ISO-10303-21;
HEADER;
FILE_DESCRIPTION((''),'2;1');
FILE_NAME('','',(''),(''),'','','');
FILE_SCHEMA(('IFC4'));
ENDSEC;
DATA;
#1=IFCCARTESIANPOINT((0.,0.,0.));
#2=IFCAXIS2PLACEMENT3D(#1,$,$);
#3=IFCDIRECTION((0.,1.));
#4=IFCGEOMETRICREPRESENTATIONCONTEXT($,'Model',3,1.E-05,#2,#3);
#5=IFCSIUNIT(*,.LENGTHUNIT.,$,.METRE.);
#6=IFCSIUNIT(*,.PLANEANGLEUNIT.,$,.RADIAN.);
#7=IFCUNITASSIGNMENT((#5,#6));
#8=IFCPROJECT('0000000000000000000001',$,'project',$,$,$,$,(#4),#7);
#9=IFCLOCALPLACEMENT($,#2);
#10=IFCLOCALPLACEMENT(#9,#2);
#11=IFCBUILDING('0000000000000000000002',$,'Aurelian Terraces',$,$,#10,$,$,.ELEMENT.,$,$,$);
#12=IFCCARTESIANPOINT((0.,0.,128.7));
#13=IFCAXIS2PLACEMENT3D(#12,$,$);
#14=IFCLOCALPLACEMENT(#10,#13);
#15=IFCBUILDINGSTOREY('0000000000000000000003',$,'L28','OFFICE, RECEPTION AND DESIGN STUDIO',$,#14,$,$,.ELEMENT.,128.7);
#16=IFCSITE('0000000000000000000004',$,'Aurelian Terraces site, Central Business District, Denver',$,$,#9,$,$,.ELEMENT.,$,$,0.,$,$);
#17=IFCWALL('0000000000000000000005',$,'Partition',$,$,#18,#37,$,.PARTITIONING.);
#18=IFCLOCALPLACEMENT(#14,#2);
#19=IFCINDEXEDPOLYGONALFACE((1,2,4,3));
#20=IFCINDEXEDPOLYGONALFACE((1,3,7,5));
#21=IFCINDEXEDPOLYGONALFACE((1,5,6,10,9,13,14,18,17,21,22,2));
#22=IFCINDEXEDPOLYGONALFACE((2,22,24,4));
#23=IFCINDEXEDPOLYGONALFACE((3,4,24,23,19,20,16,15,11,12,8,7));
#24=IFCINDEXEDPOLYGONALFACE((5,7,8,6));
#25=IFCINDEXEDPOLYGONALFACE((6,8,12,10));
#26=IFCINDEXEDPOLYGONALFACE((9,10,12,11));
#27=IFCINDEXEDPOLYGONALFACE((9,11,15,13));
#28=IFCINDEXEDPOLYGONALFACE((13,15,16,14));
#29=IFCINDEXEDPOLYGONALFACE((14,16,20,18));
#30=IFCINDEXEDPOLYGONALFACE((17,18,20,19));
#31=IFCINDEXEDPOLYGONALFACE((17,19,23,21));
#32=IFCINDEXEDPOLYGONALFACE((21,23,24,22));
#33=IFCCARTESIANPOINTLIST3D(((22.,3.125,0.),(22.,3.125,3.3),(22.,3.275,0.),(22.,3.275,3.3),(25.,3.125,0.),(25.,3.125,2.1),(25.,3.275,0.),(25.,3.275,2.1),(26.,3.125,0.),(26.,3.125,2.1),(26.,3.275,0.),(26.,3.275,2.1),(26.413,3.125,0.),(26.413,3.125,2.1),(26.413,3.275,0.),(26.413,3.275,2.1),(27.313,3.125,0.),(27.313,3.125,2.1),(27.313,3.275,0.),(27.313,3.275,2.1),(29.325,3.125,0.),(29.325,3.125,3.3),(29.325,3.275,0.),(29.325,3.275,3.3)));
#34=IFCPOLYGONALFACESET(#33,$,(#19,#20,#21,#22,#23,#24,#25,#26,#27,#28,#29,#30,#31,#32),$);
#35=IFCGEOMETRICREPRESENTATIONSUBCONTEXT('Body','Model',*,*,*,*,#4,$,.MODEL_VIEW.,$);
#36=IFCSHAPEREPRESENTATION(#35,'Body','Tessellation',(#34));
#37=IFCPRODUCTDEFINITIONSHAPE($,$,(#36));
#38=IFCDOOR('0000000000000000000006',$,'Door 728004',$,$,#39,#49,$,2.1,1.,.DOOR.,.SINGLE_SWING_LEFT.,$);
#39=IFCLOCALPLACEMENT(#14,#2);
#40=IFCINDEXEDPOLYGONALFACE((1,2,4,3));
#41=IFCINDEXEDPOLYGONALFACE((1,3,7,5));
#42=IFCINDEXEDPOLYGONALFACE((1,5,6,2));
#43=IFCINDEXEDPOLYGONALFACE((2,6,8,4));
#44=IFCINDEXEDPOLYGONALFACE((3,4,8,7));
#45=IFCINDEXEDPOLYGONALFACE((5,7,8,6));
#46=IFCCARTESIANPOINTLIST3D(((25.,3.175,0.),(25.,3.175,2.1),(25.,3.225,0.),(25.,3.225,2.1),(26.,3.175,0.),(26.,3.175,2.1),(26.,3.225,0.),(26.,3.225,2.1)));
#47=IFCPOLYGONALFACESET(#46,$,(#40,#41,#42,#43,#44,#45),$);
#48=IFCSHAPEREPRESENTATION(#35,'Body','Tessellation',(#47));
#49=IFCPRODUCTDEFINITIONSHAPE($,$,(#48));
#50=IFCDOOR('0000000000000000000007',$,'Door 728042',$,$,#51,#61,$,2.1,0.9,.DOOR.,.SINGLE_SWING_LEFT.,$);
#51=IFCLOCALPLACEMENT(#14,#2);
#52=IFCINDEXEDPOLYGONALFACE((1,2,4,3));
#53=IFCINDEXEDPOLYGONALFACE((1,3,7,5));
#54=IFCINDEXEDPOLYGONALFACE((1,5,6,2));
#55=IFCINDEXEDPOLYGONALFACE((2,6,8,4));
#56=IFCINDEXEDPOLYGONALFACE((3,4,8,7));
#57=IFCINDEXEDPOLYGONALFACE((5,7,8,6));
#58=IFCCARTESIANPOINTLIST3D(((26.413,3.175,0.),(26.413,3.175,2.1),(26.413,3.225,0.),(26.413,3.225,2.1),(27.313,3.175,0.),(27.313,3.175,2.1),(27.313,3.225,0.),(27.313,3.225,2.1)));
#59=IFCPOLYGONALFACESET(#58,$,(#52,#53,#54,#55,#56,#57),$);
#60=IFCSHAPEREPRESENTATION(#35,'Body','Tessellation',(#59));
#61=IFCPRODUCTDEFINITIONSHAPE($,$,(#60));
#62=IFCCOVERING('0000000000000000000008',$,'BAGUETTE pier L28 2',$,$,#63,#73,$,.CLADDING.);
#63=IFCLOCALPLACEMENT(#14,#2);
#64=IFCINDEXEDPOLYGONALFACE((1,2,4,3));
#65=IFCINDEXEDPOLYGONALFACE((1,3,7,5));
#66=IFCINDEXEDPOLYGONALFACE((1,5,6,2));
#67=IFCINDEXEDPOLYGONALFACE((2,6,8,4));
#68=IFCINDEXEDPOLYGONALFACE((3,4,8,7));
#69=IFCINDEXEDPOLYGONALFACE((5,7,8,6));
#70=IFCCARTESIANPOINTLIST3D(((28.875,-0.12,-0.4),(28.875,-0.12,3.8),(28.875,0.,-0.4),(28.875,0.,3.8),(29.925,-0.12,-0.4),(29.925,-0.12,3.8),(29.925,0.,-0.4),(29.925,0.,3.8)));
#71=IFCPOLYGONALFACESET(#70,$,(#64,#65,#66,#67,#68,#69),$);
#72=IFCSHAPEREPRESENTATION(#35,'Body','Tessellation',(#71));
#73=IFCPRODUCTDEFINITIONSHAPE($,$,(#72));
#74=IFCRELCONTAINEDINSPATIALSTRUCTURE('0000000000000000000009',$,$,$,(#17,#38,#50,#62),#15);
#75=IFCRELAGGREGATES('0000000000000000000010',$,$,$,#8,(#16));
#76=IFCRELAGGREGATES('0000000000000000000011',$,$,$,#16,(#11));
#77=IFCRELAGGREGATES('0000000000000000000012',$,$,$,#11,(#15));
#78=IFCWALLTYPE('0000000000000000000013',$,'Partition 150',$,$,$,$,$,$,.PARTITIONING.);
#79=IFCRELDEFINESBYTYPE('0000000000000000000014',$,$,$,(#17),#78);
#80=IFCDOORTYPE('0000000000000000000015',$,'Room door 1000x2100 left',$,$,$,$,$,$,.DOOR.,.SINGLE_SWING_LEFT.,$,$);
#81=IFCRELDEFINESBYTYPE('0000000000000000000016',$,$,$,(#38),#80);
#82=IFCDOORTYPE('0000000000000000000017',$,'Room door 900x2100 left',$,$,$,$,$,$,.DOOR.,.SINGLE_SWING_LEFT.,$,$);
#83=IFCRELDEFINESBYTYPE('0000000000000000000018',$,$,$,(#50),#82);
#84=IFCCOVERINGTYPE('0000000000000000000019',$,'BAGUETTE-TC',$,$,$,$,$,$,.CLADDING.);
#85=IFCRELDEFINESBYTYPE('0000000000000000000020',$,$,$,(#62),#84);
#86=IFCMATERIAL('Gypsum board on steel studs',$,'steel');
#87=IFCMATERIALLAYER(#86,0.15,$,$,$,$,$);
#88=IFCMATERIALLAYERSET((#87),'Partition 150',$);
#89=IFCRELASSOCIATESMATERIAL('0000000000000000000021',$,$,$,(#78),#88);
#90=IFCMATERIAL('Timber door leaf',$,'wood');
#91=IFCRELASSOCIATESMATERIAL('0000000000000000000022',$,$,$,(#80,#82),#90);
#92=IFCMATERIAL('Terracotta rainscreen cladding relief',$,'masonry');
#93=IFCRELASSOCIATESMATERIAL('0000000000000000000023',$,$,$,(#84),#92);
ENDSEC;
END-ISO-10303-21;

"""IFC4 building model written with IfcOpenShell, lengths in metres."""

from ifc_helpers import new_model, si_unit, direction, frame, frame_2d, origin, origin_2d, place, context, subcontext, project, spatial, rectangle, extrude, source, transform, mapped, material, layer, layer_set, type_object, element, fill, save


model = new_model("IFC4")

# Units and contexts
model_context = context("Model", 3, precision=1e-05, world=origin(), true_north=direction((0.0, 1.0)))
body_context = subcontext(model_context, "Body", "Model", "MODEL_VIEW")
ifc_project = project(units=[si_unit("LENGTHUNIT", "METRE"), si_unit("PLANEANGLEUNIT", "RADIAN")], contexts=[model_context])

# Site, building, storey
site_placement = place(None, origin())
site = spatial("IfcSite", under=ifc_project, at=site_placement, Name="Aurelian Terraces site, Central Business District, Denver", CompositionType="ELEMENT", RefElevation=0.0)
building_placement = place(site_placement, origin())
building = spatial("IfcBuilding", under=site, at=building_placement, Name="Aurelian Terraces", CompositionType="ELEMENT")
storey_placement = place(building_placement, frame((0.0, 0.0, 128.7)))
storey = spatial("IfcBuildingStorey", under=building, at=storey_placement, Name="L28", Description="OFFICE, RECEPTION AND DESIGN STUDIO", CompositionType="ELEMENT", Elevation=128.7)

# Shared definitions
ifc_material_1 = material(Name="Gypsum board on steel studs", Category="steel")
ifc_layer_1 = layer(ifc_material_1, 0.15)
ifc_layer_set_1 = layer_set([ifc_layer_1], Name="Partition 150")
wall_type_1 = type_object("IfcWallType", Name="Partition 150", PredefinedType="PARTITIONING", material=ifc_layer_set_1)

# Wall, openings, doors
shared_shape_1 = source(origin(), body_context, "Body", "SweptSolid", [
    extrude(rectangle(XDim=7.325, YDim=0.15, at=frame_2d((3.6625, 0.0))), origin(), (0.0, 0.0, 1.0), 3.3),
])
wall_1_placement = place(storey_placement, frame((22.0, 3.2, 0.0), z_axis=(0.0, 0.0, 1.0), x_axis=(1.0, 0.0, 0.0)))
wall_1 = element("IfcWall", 1, at=wall_1_placement, inside=storey, type_object=wall_type_1, Name="Partition", PredefinedType="PARTITIONING", context=body_context, shape_type="MappedRepresentation", body=[
    mapped(shared_shape_1, transform((0.0, 0.0, 0.0), scale=1.0)),
])
shared_shape_2 = source(origin(), body_context, "Body", "SweptSolid", [
    extrude(rectangle(XDim=1.0, YDim=2.1, at=frame_2d((0.5, 1.05))), frame((0.0, 0.085, 0.0), z_axis=(0.0, -1.0, 0.0), x_axis=(1.0, 0.0, 0.0)), (0.0, 0.0, 1.0), 0.17),
])
opening_1_placement = place(wall_1_placement, frame((3.0, 0.0, 0.0)))
opening_1 = element("IfcOpeningElement", 2, at=opening_1_placement, cuts=wall_1, PredefinedType="OPENING", context=body_context, shape_type="MappedRepresentation", body=[
    mapped(shared_shape_2, transform((0.0, 0.0, 0.0), scale=1.0)),
])
shared_shape_3 = source(origin(), body_context, "Body", "SweptSolid", [
    extrude(rectangle(XDim=0.9, YDim=2.1, at=frame_2d((0.45, 1.05))), frame((0.0, 0.085, 0.0), z_axis=(0.0, -1.0, 0.0), x_axis=(1.0, 0.0, 0.0)), (0.0, 0.0, 1.0), 0.17),
])
opening_2_placement = place(wall_1_placement, frame((4.413, 0.0, 0.0)))
opening_2 = element("IfcOpeningElement", 3, at=opening_2_placement, cuts=wall_1, PredefinedType="OPENING", context=body_context, shape_type="MappedRepresentation", body=[
    mapped(shared_shape_3, transform((0.0, 0.0, 0.0), scale=1.0)),
])
ifc_material_2 = material(Name="Timber door leaf", Category="wood")
door_type_1 = type_object("IfcDoorType", Name="Room door 1000x2100 left", OperationType="SINGLE_SWING_LEFT", PredefinedType="DOOR", material=ifc_material_2)
shared_shape_4 = source(origin(), body_context, "Body", "SweptSolid", [
    extrude(rectangle(XDim=1.0, YDim=2.1, at=frame_2d((0.5, 1.05))), frame((0.0, 0.025, 0.0), z_axis=(0.0, -1.0, 0.0), x_axis=(1.0, 0.0, 0.0)), (0.0, 0.0, 1.0), 0.05),
])
door_1_placement = place(opening_1_placement, origin())
door_1 = element("IfcDoor", 4, at=door_1_placement, inside=storey, type_object=door_type_1, Name="Door 728004", OperationType="SINGLE_SWING_LEFT", OverallHeight=2.1, OverallWidth=1.0, PredefinedType="DOOR", context=body_context, shape_type="MappedRepresentation", body=[
    mapped(shared_shape_4, transform((0.0, 0.0, 0.0), scale=1.0)),
])
fill(opening_1, door_1)
door_type_2 = type_object("IfcDoorType", Name="Room door 900x2100 left", OperationType="SINGLE_SWING_LEFT", PredefinedType="DOOR", material=ifc_material_2)
shared_shape_5 = source(origin(), body_context, "Body", "SweptSolid", [
    extrude(rectangle(XDim=0.9, YDim=2.1, at=frame_2d((0.45, 1.05))), frame((0.0, 0.025, 0.0), z_axis=(0.0, -1.0, 0.0), x_axis=(1.0, 0.0, 0.0)), (0.0, 0.0, 1.0), 0.05),
])
door_2_placement = place(opening_2_placement, origin())
door_2 = element("IfcDoor", 5, at=door_2_placement, inside=storey, type_object=door_type_2, Name="Door 728042", OperationType="SINGLE_SWING_LEFT", OverallHeight=2.1, OverallWidth=0.9, PredefinedType="DOOR", context=body_context, shape_type="MappedRepresentation", body=[
    mapped(shared_shape_5, transform((0.0, 0.0, 0.0), scale=1.0)),
])
fill(opening_2, door_2)

# Covering
ifc_material_3 = material(Name="Terracotta rainscreen cladding relief", Category="masonry")
covering_type = type_object("IfcCoveringType", Name="BAGUETTE-TC", PredefinedType="CLADDING", material=ifc_material_3)
shared_shape_6 = source(origin(), body_context, "Body", "SweptSolid", [
    extrude(rectangle(XDim=1.05, YDim=0.12, at=origin_2d()), origin(), (0.0, 0.0, 1.0), 4.2),
])
covering_placement = place(storey_placement, frame((29.4, -0.06, -0.4), z_axis=(0.0, 0.0, 1.0), x_axis=(1.0, 0.0, 0.0)))
element("IfcCovering", 6, at=covering_placement, inside=storey, type_object=covering_type, Name="BAGUETTE pier L28 2", PredefinedType="CLADDING", context=body_context, shape_type="MappedRepresentation", body=[
    mapped(shared_shape_6, transform((0.0, 0.0, 0.0), scale=1.0)),
])

save(model, "model.ifc")
